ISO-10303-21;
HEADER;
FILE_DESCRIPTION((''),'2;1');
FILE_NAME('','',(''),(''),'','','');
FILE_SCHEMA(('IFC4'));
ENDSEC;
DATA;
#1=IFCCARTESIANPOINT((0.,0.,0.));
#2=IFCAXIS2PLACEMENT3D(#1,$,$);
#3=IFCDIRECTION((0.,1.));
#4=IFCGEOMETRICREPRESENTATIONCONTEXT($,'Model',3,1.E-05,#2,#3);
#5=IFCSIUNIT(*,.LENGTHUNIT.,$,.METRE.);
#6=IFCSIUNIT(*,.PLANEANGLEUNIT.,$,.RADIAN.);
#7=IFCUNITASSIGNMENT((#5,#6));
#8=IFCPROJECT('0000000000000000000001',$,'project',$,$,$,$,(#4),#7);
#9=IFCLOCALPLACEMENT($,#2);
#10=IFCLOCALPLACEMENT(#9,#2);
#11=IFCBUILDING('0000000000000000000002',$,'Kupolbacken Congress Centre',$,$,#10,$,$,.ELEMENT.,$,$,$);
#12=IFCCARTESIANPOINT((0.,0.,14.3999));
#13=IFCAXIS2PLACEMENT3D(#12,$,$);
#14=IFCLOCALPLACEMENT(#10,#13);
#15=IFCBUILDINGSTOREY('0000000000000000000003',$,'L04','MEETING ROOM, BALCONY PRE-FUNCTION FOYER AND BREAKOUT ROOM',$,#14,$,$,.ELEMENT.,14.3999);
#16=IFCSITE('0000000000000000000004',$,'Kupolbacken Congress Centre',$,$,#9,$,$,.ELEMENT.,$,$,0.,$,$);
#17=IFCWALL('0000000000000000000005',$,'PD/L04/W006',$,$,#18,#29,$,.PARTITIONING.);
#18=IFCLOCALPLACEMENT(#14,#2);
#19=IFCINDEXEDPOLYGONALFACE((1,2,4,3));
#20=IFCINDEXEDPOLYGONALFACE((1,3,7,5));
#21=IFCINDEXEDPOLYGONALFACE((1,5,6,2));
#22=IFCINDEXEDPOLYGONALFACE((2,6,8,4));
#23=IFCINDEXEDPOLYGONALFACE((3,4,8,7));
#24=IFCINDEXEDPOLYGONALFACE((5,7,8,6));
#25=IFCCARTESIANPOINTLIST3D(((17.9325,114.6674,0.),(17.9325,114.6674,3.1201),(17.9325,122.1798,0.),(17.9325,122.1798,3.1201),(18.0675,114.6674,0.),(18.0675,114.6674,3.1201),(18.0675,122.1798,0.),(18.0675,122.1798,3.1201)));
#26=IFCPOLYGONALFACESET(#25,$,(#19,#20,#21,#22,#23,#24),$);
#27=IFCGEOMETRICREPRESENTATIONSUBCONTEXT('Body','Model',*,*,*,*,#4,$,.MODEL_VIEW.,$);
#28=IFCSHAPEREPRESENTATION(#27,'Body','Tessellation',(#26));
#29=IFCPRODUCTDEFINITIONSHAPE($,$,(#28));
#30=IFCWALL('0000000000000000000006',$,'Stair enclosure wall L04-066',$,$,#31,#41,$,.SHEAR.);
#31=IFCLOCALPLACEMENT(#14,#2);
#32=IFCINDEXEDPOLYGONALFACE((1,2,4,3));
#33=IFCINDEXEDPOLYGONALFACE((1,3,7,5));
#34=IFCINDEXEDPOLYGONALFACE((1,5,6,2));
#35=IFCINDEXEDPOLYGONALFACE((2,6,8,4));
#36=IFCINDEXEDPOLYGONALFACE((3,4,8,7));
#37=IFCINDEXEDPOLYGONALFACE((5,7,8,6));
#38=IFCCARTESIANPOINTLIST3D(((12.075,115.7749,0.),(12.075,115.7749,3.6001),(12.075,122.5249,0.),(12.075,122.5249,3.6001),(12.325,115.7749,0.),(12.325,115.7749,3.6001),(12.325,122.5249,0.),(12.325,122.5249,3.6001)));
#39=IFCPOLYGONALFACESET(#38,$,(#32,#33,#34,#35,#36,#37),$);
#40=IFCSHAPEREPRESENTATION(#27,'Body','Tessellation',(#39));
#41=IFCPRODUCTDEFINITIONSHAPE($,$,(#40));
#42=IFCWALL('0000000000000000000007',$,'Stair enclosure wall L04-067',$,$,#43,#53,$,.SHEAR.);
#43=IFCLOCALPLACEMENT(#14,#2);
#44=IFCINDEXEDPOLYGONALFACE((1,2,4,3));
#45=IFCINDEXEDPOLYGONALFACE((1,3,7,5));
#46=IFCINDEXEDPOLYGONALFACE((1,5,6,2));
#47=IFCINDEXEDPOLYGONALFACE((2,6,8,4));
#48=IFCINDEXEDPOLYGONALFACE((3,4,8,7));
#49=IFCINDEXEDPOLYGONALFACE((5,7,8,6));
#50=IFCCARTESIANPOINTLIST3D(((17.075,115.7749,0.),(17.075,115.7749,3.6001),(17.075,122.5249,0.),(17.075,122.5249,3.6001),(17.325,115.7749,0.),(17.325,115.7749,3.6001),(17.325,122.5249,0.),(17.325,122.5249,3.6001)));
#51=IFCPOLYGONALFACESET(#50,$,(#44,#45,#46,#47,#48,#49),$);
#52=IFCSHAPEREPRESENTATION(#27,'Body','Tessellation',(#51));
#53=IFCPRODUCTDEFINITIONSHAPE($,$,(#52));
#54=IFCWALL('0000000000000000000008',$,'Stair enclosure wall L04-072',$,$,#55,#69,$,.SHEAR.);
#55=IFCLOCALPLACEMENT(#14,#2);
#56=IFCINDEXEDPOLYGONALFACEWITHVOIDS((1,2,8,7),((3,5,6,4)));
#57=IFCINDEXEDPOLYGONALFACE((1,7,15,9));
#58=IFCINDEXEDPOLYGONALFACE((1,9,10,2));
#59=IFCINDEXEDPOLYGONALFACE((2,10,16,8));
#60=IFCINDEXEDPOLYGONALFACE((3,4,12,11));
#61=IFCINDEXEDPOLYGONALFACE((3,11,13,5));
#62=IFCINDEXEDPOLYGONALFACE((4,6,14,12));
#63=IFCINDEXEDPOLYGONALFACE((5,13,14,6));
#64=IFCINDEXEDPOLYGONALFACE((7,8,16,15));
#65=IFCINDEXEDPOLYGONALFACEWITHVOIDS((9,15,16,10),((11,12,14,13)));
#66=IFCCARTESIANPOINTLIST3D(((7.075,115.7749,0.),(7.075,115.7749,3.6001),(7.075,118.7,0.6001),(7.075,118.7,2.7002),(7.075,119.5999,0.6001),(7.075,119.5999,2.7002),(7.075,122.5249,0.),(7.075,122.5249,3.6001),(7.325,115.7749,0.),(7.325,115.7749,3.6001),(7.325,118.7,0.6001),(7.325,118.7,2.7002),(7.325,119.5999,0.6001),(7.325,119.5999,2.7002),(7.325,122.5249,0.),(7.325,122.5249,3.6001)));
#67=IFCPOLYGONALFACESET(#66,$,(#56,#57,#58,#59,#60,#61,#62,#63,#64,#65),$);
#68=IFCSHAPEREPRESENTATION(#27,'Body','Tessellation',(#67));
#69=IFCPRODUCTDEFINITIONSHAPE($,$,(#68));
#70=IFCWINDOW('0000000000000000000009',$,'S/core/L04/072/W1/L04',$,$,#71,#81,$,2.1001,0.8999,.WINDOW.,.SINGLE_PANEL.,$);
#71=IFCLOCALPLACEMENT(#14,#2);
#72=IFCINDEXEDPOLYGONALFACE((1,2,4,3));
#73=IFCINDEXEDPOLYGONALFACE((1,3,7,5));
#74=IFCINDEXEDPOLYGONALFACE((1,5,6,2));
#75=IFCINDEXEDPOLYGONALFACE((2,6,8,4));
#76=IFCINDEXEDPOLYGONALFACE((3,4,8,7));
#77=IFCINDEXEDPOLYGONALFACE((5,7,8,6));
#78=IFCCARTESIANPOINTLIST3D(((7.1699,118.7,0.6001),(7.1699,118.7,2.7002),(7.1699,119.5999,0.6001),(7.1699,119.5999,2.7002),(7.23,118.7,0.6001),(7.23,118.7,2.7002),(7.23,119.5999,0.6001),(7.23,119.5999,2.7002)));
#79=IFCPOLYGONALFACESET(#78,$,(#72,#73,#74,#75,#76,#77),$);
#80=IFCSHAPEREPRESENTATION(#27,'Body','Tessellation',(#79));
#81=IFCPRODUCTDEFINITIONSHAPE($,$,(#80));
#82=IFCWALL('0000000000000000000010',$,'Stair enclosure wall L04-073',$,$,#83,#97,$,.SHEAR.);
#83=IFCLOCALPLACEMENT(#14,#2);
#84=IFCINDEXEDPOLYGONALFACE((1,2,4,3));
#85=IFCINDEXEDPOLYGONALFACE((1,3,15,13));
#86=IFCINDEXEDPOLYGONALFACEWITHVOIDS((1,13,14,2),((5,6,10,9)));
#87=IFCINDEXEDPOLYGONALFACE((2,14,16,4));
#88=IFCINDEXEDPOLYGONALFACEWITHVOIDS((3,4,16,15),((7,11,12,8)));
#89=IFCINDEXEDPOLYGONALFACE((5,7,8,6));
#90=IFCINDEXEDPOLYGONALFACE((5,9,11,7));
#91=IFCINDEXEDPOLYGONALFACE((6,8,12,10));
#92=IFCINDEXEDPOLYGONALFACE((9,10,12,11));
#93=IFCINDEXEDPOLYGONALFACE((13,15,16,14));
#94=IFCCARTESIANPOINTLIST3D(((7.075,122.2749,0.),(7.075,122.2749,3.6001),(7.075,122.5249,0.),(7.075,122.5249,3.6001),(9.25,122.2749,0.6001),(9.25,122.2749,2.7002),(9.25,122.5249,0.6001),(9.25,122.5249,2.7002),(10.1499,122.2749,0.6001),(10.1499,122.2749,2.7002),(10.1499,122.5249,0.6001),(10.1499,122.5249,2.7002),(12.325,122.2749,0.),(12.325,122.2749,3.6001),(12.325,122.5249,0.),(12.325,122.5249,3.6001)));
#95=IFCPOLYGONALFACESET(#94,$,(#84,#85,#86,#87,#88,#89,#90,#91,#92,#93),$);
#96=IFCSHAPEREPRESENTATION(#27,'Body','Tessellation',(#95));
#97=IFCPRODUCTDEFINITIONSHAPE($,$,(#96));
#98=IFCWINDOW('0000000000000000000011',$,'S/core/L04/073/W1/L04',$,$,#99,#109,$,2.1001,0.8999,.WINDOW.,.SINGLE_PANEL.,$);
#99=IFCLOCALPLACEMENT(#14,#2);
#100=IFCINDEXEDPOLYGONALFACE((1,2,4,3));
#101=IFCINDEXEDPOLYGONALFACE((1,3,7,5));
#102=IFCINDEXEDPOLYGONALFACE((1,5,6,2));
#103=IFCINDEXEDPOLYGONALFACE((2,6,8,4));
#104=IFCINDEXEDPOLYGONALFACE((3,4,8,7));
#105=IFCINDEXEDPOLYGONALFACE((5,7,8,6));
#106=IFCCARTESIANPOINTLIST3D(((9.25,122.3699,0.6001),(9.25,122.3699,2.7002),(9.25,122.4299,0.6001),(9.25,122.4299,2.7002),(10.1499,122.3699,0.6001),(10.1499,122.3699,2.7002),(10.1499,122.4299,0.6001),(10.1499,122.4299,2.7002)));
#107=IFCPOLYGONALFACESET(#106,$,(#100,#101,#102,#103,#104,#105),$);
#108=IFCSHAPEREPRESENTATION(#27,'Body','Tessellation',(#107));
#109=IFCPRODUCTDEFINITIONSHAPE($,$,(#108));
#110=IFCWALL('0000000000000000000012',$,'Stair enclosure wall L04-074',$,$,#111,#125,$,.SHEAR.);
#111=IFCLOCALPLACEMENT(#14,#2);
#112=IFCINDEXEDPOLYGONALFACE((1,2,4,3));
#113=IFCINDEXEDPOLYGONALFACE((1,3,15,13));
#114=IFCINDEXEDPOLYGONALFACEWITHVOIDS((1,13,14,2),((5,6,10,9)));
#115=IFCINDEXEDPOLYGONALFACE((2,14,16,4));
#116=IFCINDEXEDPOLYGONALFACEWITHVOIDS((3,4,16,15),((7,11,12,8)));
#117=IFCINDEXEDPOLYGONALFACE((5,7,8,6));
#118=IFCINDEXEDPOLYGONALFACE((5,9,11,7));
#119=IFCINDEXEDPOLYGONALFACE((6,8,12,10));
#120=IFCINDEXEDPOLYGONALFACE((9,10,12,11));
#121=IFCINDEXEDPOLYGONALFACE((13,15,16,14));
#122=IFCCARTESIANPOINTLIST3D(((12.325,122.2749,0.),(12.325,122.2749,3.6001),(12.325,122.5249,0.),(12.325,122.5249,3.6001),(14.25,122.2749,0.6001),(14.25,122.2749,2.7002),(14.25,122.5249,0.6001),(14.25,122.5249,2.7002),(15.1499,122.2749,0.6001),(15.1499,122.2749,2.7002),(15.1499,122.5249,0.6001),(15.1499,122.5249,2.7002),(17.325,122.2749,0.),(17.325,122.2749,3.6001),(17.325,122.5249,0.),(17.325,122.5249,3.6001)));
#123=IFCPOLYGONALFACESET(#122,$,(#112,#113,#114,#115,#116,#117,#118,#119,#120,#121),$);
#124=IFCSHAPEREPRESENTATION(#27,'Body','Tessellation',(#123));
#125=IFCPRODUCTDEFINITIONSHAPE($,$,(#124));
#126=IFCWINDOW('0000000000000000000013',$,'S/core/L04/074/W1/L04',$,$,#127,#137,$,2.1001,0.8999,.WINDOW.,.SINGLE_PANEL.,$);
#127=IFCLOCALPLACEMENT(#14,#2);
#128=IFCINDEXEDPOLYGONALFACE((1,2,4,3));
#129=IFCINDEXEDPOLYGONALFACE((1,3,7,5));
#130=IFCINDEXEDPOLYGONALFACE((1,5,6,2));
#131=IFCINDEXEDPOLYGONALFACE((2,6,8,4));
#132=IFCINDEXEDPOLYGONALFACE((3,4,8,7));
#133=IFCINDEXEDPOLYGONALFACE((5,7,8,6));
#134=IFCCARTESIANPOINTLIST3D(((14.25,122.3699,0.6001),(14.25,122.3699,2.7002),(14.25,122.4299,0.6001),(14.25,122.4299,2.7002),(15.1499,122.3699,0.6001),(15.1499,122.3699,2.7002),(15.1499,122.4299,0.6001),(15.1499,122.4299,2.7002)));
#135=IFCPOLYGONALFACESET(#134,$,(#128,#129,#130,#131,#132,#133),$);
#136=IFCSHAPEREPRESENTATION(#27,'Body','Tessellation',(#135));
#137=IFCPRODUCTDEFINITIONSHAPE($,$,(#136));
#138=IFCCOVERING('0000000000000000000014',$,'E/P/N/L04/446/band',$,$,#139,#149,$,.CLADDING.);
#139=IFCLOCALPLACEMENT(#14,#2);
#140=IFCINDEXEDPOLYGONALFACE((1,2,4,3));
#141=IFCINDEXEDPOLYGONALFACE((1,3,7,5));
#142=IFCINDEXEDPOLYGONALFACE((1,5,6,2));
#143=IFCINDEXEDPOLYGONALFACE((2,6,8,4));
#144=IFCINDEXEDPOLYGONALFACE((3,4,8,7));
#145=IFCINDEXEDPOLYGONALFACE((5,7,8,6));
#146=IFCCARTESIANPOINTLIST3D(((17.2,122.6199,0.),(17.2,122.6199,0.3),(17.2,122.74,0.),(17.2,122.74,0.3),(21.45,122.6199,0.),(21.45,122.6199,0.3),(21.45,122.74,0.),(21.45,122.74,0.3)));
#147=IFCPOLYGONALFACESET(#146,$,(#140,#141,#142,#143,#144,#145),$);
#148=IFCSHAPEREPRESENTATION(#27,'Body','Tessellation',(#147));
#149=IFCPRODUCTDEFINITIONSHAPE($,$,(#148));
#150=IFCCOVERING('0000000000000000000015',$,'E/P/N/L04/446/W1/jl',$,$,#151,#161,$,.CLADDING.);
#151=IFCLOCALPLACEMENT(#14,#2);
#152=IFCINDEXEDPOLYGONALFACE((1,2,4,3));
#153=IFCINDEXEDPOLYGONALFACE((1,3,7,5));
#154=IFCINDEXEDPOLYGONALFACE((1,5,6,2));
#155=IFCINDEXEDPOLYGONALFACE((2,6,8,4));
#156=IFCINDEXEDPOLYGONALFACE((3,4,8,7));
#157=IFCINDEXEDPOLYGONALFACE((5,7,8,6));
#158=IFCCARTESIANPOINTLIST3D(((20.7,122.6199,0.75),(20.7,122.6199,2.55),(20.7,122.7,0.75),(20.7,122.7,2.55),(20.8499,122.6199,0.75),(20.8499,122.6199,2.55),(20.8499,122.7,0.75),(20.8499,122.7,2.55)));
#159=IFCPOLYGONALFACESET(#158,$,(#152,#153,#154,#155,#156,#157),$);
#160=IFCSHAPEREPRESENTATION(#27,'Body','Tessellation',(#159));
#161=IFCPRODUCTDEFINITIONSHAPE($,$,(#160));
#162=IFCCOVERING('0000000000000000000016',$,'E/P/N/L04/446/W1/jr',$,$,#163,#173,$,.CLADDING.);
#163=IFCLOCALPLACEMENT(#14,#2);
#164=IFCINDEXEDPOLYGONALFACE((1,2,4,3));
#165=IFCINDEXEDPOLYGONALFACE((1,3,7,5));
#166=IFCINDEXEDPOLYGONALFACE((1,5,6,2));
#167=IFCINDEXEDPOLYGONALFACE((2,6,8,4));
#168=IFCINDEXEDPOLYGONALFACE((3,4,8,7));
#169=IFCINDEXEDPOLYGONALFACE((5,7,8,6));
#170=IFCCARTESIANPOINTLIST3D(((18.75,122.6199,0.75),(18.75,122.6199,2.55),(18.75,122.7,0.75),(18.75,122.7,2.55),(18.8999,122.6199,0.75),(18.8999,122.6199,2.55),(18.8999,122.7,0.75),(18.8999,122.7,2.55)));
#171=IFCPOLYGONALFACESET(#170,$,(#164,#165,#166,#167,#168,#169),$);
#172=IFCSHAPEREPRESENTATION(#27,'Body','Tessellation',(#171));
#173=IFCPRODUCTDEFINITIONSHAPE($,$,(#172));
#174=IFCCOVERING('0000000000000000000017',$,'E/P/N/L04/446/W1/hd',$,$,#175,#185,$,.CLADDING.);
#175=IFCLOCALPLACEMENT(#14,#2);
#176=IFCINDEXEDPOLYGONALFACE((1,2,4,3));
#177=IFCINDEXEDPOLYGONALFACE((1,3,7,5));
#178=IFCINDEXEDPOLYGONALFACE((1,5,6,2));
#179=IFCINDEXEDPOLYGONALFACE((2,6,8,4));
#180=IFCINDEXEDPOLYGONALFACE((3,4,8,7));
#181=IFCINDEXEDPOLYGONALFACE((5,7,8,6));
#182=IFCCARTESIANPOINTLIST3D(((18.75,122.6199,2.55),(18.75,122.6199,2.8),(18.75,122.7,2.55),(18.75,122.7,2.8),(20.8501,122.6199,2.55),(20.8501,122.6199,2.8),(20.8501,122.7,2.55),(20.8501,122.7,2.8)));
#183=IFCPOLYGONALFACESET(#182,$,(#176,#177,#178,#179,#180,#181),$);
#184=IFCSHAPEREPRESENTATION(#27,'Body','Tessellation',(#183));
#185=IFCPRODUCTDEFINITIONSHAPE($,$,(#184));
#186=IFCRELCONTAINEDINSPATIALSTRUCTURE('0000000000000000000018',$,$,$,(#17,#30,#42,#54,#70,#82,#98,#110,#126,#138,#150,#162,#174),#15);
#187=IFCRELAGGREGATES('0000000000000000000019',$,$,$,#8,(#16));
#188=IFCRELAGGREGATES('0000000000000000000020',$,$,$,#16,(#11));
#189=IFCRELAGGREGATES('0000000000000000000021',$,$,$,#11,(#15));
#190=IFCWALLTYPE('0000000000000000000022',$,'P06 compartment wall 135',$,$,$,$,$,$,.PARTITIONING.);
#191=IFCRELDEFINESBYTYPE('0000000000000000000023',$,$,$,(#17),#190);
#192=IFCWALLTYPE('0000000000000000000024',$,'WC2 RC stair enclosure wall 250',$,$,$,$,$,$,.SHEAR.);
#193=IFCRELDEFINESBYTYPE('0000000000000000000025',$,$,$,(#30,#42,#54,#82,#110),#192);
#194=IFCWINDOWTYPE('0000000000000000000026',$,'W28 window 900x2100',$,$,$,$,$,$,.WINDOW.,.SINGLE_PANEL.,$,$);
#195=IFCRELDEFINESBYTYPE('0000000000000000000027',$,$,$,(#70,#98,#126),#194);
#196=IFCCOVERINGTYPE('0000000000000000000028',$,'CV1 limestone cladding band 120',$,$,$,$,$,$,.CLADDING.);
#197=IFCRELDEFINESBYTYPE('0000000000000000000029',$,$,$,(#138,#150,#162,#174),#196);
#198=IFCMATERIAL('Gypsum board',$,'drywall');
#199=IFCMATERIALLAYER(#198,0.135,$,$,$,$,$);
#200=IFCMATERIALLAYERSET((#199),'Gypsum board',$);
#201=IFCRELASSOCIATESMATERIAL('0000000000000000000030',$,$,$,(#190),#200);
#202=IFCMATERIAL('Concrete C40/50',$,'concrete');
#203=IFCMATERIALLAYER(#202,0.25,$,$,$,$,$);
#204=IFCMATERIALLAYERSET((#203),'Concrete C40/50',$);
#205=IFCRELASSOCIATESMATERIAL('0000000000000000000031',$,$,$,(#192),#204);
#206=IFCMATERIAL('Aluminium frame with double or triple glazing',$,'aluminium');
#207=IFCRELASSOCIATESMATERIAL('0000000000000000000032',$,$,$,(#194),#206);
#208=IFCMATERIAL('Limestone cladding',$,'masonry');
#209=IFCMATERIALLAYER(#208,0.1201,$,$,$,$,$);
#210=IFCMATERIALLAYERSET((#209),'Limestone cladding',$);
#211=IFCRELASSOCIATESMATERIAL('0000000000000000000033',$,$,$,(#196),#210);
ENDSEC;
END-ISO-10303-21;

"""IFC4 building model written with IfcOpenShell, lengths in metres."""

from ifc_helpers import new_model, si_unit, direction, frame, frame_2d, origin, origin_2d, place, context, subcontext, project, spatial, rectangle, extrude, material, layer, layer_set, type_object, element, fill, save


model = new_model("IFC4")

# Units and contexts
model_context = context("Model", 3, precision=1e-05, world=origin(), true_north=direction((0.0, 1.0)))
body_context = subcontext(model_context, "Body", "Model", "MODEL_VIEW")
ifc_project = project(units=[si_unit("LENGTHUNIT", "METRE"), si_unit("PLANEANGLEUNIT", "RADIAN")], contexts=[model_context])

# Site, building, storey
site_placement = place(None, origin())
site = spatial("IfcSite", under=ifc_project, at=site_placement, Name="Kupolbacken Congress Centre", CompositionType="ELEMENT", RefElevation=0.0)
building_placement = place(site_placement, origin())
building = spatial("IfcBuilding", under=site, at=building_placement, Name="Kupolbacken Congress Centre", CompositionType="ELEMENT")
storey_placement = place(building_placement, frame((0.0, 0.0, 14.3999)))
storey = spatial("IfcBuildingStorey", under=building, at=storey_placement, Name="L04", Description="MEETING ROOM, BALCONY PRE-FUNCTION FOYER AND BREAKOUT ROOM", CompositionType="ELEMENT", Elevation=14.3999)

# Wall
ifc_material_1 = material(Name="Gypsum board", Category="drywall")
ifc_layer_1 = layer(ifc_material_1, 0.135)
ifc_layer_set_1 = layer_set([ifc_layer_1], Name="Gypsum board")
wall_type_1 = type_object("IfcWallType", Name="P06 compartment wall 135", PredefinedType="PARTITIONING", material=ifc_layer_set_1)
wall_1_placement = place(storey_placement, frame((18.0, 122.1799, 0.0), z_axis=(0.0, 0.0, 1.0), x_axis=(0.0, -1.0, 0.0)))
element("IfcWall", 1, at=wall_1_placement, inside=storey, type_object=wall_type_1, Name="PD/L04/W006", PredefinedType="PARTITIONING", context=body_context, shape_type="SweptSolid", body=[
    extrude(rectangle(XDim=7.5125, YDim=0.135, at=frame_2d((3.7563, 0.0))), origin(), (0.0, 0.0, 1.0), 3.1201),
])

# Shared definitions
ifc_material_2 = material(Name="Concrete C40/50", Category="concrete")
ifc_layer_2 = layer(ifc_material_2, 0.25)
ifc_layer_set_2 = layer_set([ifc_layer_2], Name="Concrete C40/50")
wall_type_2 = type_object("IfcWallType", Name="WC2 RC stair enclosure wall 250", PredefinedType="SHEAR", material=ifc_layer_set_2)

# Walls
for number, where, z_axis, x_axis, name in (
    (2, (12.2, 115.7749, 0.0), (0.0, 0.0, 1.0), (0.0, 1.0, 0.0), "Stair enclosure wall L04-066"),
    (3, (17.2, 115.7749, 0.0), (0.0, 0.0, 1.0), (0.0, 1.0, 0.0), "Stair enclosure wall L04-067"),
):
    element("IfcWall", number, at=place(storey_placement, frame(where, z_axis=z_axis, x_axis=x_axis)), inside=storey, type_object=wall_type_2, Name=name, PredefinedType="SHEAR", context=body_context, shape_type="SweptSolid", body=[
        extrude(rectangle(XDim=6.75, YDim=0.25, at=frame_2d((3.375, 0.0))), origin(), (0.0, 0.0, 1.0), 3.6001),
    ])

# Walls, openings, windows
wall_2_placement = place(storey_placement, frame((7.2, 122.5249, 0.0), z_axis=(0.0, 0.0, 1.0), x_axis=(0.0, -1.0, 0.0)))
wall_2 = element("IfcWall", 4, at=wall_2_placement, inside=storey, type_object=wall_type_2, Name="Stair enclosure wall L04-072", PredefinedType="SHEAR", context=body_context, shape_type="SweptSolid", body=[
    extrude(rectangle(XDim=6.75, YDim=0.25, at=frame_2d((3.375, 0.0))), origin(), (0.0, 0.0, 1.0), 3.6001),
])
opening_1_placement = place(wall_2_placement, frame((2.925, 0.0, 0.6001)))
opening_1 = element("IfcOpeningElement", 5, at=opening_1_placement, cuts=wall_2, PredefinedType="OPENING", context=body_context, shape_type="SweptSolid", body=[
    extrude(rectangle(XDim=0.8999, YDim=2.1001, at=frame_2d((0.45, 1.05))), frame((0.0, 0.135, 0.0), z_axis=(0.0, -1.0, 0.0), x_axis=(1.0, 0.0, 0.0)), (0.0, 0.0, 1.0), 0.27),
])
ifc_material_3 = material(Name="Aluminium frame with double or triple glazing", Category="aluminium")
window_type_1 = type_object("IfcWindowType", Name="W28 window 900x2100", PartitioningType="SINGLE_PANEL", PredefinedType="WINDOW", material=ifc_material_3)
window_1_placement = place(opening_1_placement, origin())
window_1 = element("IfcWindow", 6, at=window_1_placement, inside=storey, type_object=window_type_1, Name="S/core/L04/072/W1/L04", OverallHeight=2.1001, OverallWidth=0.8999, PartitioningType="SINGLE_PANEL", PredefinedType="WINDOW", context=body_context, shape_type="SweptSolid", body=[
    extrude(rectangle(XDim=0.8999, YDim=2.1001, at=frame_2d((0.45, 1.05))), frame((0.0, 0.03, 0.0), z_axis=(0.0, -1.0, 0.0), x_axis=(1.0, 0.0, 0.0)), (0.0, 0.0, 1.0), 0.0601),
])
fill(opening_1, window_1)
wall_3_placement = place(storey_placement, frame((12.325, 122.3999, 0.0), z_axis=(0.0, 0.0, 1.0), x_axis=(-1.0, 0.0, 0.0)))
wall_3 = element("IfcWall", 7, at=wall_3_placement, inside=storey, type_object=wall_type_2, Name="Stair enclosure wall L04-073", PredefinedType="SHEAR", context=body_context, shape_type="SweptSolid", body=[
    extrude(rectangle(XDim=5.25, YDim=0.25, at=frame_2d((2.625, 0.0))), origin(), (0.0, 0.0, 1.0), 3.6001),
])
opening_2_placement = place(wall_3_placement, frame((2.175, 0.0, 0.6001)))
opening_2 = element("IfcOpeningElement", 8, at=opening_2_placement, cuts=wall_3, PredefinedType="OPENING", context=body_context, shape_type="SweptSolid", body=[
    extrude(rectangle(XDim=0.8999, YDim=2.1001, at=frame_2d((0.45, 1.05))), frame((0.0, 0.135, 0.0), z_axis=(0.0, -1.0, 0.0), x_axis=(1.0, 0.0, 0.0)), (0.0, 0.0, 1.0), 0.27),
])
window_2_placement = place(opening_2_placement, origin())
window_2 = element("IfcWindow", 9, at=window_2_placement, inside=storey, type_object=window_type_1, Name="S/core/L04/073/W1/L04", OverallHeight=2.1001, OverallWidth=0.8999, PartitioningType="SINGLE_PANEL", PredefinedType="WINDOW", context=body_context, shape_type="SweptSolid", body=[
    extrude(rectangle(XDim=0.8999, YDim=2.1001, at=frame_2d((0.45, 1.05))), frame((0.0, 0.03, 0.0), z_axis=(0.0, -1.0, 0.0), x_axis=(1.0, 0.0, 0.0)), (0.0, 0.0, 1.0), 0.0601),
])
fill(opening_2, window_2)
wall_4_placement = place(storey_placement, frame((17.325, 122.3999, 0.0), z_axis=(0.0, 0.0, 1.0), x_axis=(-1.0, 0.0, 0.0)))
wall_4 = element("IfcWall", 10, at=wall_4_placement, inside=storey, type_object=wall_type_2, Name="Stair enclosure wall L04-074", PredefinedType="SHEAR", context=body_context, shape_type="SweptSolid", body=[
    extrude(rectangle(XDim=5.0, YDim=0.25, at=frame_2d((2.5, 0.0))), origin(), (0.0, 0.0, 1.0), 3.6001),
])
opening_3_placement = place(wall_4_placement, frame((2.175, 0.0, 0.6001)))
opening_3 = element("IfcOpeningElement", 11, at=opening_3_placement, cuts=wall_4, PredefinedType="OPENING", context=body_context, shape_type="SweptSolid", body=[
    extrude(rectangle(XDim=0.8999, YDim=2.1001, at=frame_2d((0.45, 1.05))), frame((0.0, 0.135, 0.0), z_axis=(0.0, -1.0, 0.0), x_axis=(1.0, 0.0, 0.0)), (0.0, 0.0, 1.0), 0.27),
])
window_3_placement = place(opening_3_placement, origin())
window_3 = element("IfcWindow", 12, at=window_3_placement, inside=storey, type_object=window_type_1, Name="S/core/L04/074/W1/L04", OverallHeight=2.1001, OverallWidth=0.8999, PartitioningType="SINGLE_PANEL", PredefinedType="WINDOW", context=body_context, shape_type="SweptSolid", body=[
    extrude(rectangle(XDim=0.8999, YDim=2.1001, at=frame_2d((0.45, 1.05))), frame((0.0, 0.03, 0.0), z_axis=(0.0, -1.0, 0.0), x_axis=(1.0, 0.0, 0.0)), (0.0, 0.0, 1.0), 0.0601),
])
fill(opening_3, window_3)

# Coverings
ifc_material_4 = material(Name="Limestone cladding", Category="masonry")
ifc_layer_3 = layer(ifc_material_4, 0.1201)
ifc_layer_set_3 = layer_set([ifc_layer_3], Name="Limestone cladding")
covering_type = type_object("IfcCoveringType", Name="CV1 limestone cladding band 120", PredefinedType="CLADDING", material=ifc_layer_set_3)
covering_1_placement = place(storey_placement, frame((19.325, 122.6799, 0.0), z_axis=(0.0, 0.0, 1.0), x_axis=(-1.0, 0.0, 0.0)))
element("IfcCovering", 13, at=covering_1_placement, inside=storey, type_object=covering_type, Name="E/P/N/L04/446/band", PredefinedType="CLADDING", context=body_context, shape_type="SweptSolid", body=[
    extrude(rectangle(XDim=4.25, YDim=0.1201, at=origin_2d()), origin(), (0.0, 0.0, 1.0), 0.3),
])
for number, where, z_axis, x_axis, name in (
    (14, (20.7749, 122.6599, 0.75), (0.0, 0.0, 1.0), (-1.0, 0.0, 0.0), "E/P/N/L04/446/W1/jl"),
    (15, (18.825, 122.6599, 0.75), (0.0, 0.0, 1.0), (-1.0, 0.0, 0.0), "E/P/N/L04/446/W1/jr"),
):
    element("IfcCovering", number, at=place(storey_placement, frame(where, z_axis=z_axis, x_axis=x_axis)), inside=storey, type_object=covering_type, Name=name, PredefinedType="CLADDING", context=body_context, shape_type="SweptSolid", body=[
        extrude(rectangle(XDim=0.1499, YDim=0.0801, at=origin_2d()), origin(), (0.0, 0.0, 1.0), 1.8),
    ])
covering_2_placement = place(storey_placement, frame((19.8, 122.6599, 2.55), z_axis=(0.0, 0.0, 1.0), x_axis=(-1.0, 0.0, 0.0)))
element("IfcCovering", 16, at=covering_2_placement, inside=storey, type_object=covering_type, Name="E/P/N/L04/446/W1/hd", PredefinedType="CLADDING", context=body_context, shape_type="SweptSolid", body=[
    extrude(rectangle(XDim=2.1001, YDim=0.0801, at=origin_2d()), origin(), (0.0, 0.0, 1.0), 0.25),
])

save(model, "model.ifc")
